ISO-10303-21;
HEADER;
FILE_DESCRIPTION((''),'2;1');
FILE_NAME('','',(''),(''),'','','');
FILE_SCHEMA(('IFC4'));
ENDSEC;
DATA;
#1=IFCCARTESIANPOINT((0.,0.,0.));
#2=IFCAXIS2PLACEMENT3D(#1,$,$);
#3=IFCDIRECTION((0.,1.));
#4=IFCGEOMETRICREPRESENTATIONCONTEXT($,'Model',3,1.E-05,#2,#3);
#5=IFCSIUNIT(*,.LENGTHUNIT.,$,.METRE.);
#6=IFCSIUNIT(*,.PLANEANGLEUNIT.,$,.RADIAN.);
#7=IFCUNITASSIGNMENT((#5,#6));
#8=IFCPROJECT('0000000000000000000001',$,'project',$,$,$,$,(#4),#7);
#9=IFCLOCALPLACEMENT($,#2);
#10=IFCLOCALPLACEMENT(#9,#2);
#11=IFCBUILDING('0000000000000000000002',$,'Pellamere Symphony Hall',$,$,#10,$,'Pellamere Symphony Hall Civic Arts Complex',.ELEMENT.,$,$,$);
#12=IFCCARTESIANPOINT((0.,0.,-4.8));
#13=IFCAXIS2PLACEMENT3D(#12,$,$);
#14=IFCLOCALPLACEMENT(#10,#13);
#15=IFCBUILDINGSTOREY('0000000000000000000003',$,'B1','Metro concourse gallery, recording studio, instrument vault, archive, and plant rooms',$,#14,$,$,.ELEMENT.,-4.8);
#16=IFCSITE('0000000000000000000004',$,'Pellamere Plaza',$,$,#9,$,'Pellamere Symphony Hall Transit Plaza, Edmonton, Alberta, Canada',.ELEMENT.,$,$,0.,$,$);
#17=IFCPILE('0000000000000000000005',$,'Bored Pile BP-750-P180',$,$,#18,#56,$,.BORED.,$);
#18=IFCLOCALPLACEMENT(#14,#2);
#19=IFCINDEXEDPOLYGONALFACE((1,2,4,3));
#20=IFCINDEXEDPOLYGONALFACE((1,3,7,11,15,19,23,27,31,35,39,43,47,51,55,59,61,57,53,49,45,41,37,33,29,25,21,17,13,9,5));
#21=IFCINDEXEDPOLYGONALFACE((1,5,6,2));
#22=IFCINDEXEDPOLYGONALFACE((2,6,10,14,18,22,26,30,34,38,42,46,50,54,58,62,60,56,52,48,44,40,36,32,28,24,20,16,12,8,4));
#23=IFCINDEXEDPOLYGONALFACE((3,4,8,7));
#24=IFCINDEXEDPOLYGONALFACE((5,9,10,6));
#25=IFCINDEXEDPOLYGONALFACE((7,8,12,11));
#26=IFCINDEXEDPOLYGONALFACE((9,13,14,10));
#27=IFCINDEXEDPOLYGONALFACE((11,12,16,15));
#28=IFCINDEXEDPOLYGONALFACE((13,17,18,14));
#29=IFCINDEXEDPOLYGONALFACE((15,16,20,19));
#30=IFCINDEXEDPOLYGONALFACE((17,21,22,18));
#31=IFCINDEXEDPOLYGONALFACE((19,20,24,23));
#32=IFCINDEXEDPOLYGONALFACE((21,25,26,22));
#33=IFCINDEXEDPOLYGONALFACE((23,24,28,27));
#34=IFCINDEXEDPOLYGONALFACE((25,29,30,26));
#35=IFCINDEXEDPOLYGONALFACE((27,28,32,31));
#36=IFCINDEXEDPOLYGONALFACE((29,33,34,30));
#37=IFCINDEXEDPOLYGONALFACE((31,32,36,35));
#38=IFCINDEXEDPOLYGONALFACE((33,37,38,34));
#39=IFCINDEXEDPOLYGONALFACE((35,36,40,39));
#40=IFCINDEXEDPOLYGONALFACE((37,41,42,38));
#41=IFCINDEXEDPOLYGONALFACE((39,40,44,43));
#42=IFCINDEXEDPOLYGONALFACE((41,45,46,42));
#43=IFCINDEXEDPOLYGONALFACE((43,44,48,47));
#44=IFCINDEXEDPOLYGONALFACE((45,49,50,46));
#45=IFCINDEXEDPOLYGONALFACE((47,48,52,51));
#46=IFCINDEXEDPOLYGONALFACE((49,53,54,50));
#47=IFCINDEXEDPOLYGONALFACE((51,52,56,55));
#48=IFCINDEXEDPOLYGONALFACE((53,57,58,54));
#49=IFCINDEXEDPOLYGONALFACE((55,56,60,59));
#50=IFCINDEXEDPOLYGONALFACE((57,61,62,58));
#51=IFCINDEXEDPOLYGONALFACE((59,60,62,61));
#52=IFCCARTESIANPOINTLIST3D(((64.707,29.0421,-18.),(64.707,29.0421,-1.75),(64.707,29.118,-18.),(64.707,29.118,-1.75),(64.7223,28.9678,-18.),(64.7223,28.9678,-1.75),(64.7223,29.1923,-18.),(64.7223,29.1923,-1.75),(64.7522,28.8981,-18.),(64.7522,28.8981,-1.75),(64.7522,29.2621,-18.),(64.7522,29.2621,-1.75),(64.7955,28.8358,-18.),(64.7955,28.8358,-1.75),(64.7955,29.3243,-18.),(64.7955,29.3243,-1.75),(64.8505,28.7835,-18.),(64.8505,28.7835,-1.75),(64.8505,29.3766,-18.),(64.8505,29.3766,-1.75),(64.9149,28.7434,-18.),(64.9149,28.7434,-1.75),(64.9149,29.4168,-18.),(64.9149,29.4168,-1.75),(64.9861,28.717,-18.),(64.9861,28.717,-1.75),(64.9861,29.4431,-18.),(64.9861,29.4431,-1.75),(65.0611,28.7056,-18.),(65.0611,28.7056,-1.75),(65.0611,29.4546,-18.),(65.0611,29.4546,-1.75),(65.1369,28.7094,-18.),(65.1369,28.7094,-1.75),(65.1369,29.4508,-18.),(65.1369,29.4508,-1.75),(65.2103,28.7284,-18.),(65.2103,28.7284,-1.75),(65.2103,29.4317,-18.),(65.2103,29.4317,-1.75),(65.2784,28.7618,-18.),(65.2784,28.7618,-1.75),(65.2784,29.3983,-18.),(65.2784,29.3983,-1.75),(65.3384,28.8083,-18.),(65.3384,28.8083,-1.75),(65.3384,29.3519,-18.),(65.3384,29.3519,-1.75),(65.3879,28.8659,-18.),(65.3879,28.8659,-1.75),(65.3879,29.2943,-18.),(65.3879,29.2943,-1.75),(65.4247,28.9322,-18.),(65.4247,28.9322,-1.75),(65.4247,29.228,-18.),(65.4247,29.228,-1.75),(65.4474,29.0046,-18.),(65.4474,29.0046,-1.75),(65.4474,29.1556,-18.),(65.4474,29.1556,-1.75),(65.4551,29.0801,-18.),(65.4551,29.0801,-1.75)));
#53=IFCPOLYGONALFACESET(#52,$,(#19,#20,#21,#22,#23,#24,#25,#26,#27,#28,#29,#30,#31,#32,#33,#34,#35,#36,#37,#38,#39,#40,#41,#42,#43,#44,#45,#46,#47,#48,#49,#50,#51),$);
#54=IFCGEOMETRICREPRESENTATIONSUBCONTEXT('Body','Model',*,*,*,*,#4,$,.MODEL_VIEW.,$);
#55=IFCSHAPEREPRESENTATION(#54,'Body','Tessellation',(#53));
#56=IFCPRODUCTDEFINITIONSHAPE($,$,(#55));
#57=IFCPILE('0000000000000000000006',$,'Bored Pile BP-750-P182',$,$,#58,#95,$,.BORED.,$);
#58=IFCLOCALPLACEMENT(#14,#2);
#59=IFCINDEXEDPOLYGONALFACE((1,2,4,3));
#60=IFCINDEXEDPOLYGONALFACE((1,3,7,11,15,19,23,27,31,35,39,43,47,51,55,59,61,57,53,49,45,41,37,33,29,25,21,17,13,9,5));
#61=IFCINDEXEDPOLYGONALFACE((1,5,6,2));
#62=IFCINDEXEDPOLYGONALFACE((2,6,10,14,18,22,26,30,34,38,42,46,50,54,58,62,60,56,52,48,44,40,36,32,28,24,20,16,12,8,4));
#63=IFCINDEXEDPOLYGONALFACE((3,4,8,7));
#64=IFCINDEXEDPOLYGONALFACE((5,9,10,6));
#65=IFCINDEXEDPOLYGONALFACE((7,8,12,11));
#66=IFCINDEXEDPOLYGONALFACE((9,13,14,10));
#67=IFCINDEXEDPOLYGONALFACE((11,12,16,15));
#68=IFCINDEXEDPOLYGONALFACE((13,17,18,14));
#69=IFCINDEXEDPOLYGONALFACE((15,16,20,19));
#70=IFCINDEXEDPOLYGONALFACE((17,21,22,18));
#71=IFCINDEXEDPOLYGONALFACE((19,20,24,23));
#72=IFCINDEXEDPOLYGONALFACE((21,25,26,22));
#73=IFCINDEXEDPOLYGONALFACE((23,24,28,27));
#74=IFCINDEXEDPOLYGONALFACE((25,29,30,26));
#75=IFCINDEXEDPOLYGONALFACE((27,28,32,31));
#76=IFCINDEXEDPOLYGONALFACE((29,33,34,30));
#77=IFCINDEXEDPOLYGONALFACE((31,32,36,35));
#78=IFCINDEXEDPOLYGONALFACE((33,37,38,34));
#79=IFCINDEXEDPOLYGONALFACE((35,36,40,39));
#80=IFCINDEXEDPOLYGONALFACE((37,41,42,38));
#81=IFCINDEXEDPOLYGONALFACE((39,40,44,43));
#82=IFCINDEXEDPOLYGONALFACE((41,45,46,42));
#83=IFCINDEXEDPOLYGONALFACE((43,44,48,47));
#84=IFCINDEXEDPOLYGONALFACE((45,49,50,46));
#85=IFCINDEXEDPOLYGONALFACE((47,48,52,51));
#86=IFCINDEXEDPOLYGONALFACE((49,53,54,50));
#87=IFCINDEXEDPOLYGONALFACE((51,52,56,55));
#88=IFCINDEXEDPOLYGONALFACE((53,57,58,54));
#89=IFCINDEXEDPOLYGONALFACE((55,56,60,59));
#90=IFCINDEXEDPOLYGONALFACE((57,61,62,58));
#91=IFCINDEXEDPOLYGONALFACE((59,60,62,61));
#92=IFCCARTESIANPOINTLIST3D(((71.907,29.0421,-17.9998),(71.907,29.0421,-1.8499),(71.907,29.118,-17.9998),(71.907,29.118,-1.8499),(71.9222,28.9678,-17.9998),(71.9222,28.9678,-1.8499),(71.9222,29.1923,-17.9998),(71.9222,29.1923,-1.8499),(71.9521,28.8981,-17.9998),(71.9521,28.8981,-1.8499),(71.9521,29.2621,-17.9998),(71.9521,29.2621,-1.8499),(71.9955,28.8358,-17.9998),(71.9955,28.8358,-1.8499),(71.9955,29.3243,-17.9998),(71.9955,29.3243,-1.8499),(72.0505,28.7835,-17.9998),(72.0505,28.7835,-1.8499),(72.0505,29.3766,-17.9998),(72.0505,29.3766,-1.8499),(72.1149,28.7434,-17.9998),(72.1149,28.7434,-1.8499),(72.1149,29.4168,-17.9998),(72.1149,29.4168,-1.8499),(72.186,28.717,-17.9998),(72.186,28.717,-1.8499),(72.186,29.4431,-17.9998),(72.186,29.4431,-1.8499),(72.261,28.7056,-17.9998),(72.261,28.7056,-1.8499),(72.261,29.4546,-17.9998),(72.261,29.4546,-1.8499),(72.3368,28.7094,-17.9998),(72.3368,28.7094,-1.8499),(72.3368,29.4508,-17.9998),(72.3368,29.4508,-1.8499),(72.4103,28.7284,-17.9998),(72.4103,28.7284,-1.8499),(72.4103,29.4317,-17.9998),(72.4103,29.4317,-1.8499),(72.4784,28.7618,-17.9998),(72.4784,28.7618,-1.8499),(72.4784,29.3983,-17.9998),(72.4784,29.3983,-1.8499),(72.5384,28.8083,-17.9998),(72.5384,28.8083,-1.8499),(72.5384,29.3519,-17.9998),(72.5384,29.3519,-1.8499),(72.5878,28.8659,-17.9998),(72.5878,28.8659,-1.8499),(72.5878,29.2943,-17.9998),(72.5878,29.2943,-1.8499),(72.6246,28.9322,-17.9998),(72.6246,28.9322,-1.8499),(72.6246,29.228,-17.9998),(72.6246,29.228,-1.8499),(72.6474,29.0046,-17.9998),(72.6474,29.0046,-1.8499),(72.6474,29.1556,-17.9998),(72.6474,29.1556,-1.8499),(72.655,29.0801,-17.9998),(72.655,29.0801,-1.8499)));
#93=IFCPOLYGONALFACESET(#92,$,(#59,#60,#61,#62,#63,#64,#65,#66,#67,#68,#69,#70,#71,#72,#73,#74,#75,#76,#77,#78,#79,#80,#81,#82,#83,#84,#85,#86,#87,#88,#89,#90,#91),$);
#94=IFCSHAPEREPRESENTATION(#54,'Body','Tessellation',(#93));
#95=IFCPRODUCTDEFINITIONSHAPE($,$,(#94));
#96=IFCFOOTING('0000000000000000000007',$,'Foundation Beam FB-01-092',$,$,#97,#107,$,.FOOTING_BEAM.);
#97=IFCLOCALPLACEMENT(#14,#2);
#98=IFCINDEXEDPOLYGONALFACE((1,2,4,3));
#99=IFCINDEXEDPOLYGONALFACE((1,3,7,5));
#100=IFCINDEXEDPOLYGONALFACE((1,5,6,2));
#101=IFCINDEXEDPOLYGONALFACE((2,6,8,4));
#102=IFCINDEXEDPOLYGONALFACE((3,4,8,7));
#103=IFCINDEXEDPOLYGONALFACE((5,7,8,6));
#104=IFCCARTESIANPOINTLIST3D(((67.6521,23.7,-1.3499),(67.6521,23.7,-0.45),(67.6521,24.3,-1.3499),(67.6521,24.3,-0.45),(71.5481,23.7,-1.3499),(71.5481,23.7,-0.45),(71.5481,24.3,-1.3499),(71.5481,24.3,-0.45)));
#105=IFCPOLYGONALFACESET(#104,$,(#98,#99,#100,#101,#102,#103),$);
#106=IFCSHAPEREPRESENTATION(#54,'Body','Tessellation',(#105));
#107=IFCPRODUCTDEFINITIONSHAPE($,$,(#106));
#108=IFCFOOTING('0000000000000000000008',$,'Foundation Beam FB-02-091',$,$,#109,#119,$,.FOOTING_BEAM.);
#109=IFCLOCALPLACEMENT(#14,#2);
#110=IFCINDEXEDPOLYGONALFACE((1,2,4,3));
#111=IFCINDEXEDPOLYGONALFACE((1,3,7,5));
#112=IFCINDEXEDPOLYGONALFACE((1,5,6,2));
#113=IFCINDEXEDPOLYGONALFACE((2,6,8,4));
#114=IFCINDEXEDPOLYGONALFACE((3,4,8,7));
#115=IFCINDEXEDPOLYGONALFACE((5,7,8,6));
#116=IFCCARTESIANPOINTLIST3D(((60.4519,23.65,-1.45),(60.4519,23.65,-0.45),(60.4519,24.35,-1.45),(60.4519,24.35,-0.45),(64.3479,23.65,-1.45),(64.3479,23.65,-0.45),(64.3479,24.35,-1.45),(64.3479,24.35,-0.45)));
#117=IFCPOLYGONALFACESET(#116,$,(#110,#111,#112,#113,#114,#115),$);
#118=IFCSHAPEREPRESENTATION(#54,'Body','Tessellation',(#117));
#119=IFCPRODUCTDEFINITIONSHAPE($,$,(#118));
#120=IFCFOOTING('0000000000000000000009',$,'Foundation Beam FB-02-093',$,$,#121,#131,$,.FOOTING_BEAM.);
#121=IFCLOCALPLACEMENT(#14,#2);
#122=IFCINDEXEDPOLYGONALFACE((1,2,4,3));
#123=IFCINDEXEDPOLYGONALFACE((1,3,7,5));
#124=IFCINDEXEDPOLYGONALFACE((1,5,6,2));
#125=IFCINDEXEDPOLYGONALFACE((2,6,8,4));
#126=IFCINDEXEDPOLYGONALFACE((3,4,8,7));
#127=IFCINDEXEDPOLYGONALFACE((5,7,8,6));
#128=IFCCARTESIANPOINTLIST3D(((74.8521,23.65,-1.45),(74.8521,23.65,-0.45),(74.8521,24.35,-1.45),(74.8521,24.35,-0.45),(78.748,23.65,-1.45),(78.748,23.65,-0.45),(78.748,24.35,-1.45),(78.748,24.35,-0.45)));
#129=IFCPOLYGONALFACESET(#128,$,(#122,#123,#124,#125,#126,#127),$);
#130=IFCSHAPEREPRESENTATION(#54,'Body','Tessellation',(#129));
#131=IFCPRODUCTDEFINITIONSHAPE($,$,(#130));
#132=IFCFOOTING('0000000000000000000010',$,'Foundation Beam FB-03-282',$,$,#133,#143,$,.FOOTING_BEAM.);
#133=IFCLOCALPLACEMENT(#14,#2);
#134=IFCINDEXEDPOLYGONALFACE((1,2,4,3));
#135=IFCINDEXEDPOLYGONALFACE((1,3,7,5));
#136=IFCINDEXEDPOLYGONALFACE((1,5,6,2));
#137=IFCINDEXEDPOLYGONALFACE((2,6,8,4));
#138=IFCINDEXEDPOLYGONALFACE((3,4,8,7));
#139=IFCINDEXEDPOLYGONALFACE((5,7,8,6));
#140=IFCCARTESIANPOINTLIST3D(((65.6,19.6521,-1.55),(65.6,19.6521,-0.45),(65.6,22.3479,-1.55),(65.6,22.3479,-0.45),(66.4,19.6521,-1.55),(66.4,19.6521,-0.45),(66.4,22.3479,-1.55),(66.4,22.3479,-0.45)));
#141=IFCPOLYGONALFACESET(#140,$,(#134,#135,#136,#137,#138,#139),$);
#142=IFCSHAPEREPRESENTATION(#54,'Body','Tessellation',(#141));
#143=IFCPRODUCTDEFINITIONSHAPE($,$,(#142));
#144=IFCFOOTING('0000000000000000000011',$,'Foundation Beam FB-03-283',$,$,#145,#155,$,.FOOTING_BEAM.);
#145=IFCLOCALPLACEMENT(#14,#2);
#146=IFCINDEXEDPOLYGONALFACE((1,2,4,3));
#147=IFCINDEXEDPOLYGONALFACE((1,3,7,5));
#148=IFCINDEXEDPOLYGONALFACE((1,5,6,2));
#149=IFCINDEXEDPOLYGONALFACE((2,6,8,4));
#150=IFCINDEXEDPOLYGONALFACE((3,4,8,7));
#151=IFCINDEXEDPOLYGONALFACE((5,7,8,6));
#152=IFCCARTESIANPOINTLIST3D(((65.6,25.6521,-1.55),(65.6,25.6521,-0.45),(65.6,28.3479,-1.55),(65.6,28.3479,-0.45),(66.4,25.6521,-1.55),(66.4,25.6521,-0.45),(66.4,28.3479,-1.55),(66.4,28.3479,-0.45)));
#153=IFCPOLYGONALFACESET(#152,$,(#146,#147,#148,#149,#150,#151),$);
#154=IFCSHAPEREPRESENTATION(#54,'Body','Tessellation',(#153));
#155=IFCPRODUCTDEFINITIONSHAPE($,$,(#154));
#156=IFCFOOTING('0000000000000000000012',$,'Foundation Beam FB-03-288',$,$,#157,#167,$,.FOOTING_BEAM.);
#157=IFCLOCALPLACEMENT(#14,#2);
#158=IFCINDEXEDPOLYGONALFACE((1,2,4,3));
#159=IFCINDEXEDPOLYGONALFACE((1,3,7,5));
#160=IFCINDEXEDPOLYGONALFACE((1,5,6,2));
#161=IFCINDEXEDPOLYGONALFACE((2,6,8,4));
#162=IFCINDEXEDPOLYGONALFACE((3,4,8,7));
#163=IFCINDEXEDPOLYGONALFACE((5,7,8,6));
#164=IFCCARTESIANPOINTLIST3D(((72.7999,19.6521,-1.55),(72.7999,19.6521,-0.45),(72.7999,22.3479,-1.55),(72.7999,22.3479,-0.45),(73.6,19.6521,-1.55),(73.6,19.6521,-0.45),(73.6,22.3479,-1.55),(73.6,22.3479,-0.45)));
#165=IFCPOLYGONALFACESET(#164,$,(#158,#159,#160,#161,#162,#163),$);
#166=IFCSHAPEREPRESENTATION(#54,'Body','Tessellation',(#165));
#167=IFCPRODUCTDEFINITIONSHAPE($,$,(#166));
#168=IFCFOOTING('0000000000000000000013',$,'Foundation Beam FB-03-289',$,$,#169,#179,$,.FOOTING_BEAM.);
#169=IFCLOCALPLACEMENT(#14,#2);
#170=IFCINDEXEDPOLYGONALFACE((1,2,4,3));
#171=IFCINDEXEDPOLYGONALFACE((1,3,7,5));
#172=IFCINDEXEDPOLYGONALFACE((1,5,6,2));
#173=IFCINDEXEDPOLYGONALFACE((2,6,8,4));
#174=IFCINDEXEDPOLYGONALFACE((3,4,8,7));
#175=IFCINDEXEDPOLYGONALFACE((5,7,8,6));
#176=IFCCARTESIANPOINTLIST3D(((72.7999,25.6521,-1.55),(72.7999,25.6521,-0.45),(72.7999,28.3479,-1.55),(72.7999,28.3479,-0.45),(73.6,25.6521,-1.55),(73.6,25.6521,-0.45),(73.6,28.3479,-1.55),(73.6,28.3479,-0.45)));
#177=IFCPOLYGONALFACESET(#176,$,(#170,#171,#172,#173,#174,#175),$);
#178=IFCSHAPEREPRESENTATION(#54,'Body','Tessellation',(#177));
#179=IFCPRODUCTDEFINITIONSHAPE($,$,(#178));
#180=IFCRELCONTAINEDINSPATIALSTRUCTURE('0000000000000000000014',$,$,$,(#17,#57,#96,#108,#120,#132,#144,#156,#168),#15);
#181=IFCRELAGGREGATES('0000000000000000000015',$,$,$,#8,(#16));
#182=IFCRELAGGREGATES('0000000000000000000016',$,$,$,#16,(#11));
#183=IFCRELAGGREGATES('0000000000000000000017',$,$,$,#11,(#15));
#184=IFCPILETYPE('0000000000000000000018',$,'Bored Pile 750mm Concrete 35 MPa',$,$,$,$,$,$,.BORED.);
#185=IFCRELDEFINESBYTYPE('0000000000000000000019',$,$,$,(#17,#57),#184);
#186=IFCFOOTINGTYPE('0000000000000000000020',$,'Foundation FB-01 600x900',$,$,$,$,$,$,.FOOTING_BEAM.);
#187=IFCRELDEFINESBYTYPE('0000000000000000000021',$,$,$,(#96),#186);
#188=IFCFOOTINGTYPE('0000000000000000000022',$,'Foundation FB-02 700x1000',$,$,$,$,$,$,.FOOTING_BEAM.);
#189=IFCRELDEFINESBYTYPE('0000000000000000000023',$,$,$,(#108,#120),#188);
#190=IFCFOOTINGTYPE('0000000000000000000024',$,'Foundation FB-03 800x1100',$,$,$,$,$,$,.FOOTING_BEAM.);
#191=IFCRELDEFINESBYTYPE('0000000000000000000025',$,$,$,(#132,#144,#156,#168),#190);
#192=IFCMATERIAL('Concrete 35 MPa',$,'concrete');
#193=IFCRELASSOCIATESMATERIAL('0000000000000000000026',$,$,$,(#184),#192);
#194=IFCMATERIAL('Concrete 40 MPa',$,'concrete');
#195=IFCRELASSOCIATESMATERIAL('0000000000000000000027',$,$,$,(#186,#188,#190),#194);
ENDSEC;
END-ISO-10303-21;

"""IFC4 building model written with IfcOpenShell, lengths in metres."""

from ifc_helpers import new_model, si_unit, direction, frame, origin, origin_2d, place, context, subcontext, project, spatial, rectangle, circle, extrude, material, material_profile, profile_set, type_object, element, save


model = new_model("IFC4")

# Units and contexts
model_context = context("Model", 3, precision=1e-05, world=origin(), true_north=direction((0.0, 1.0)))
body_context = subcontext(model_context, "Body", "Model", "MODEL_VIEW")
ifc_project = project(units=[si_unit("LENGTHUNIT", "METRE"), si_unit("PLANEANGLEUNIT", "RADIAN")], contexts=[model_context])

# Site, building, storey
site_placement = place(None, origin())
site = spatial("IfcSite", under=ifc_project, at=site_placement, Name="Pellamere Plaza", LongName="Pellamere Symphony Hall Transit Plaza, Edmonton, Alberta, Canada", CompositionType="ELEMENT", RefElevation=0.0)
building_placement = place(site_placement, origin())
building = spatial("IfcBuilding", under=site, at=building_placement, Name="Pellamere Symphony Hall", LongName="Pellamere Symphony Hall Civic Arts Complex", CompositionType="ELEMENT")
storey_placement = place(building_placement, frame((0.0, 0.0, -4.8)))
storey = spatial("IfcBuildingStorey", under=building, at=storey_placement, Name="B1", Description="Metro concourse gallery, recording studio, instrument vault, archive, and plant rooms", CompositionType="ELEMENT", Elevation=-4.8)

# Piles
ifc_material_1 = material(Name="Concrete 35 MPa", Category="concrete")
ifc_material_profile_1 = material_profile(ifc_material_1, circle(Radius=0.375, at=origin_2d()), Name="PILE D750")
ifc_profile_set_1 = profile_set([ifc_material_profile_1], Name="Concrete 35 MPa")
pile_type = type_object("IfcPileType", Name="Bored Pile 750mm Concrete 35 MPa", PredefinedType="BORED", material=ifc_profile_set_1)
for number, where, z_axis, x_axis, name in (
    (1, (65.0801, 29.0801, -1.75), (0.0, 0.0, -1.0), (1.0, 0.0, 0.0), "Bored Pile BP-750-P180"),
):
    element("IfcPile", number, at=place(storey_placement, frame(where, z_axis=z_axis, x_axis=x_axis)), inside=storey, type_object=pile_type, Name=name, PredefinedType="BORED", context=body_context, shape_type="SweptSolid", body=[
        extrude(circle(Radius=0.375, at=origin_2d()), origin(), (0.0, 0.0, 1.0), 16.25),
    ])
pile_1_placement = place(storey_placement, frame((72.28, 29.0801, -1.8499), z_axis=(0.0, 0.0, -1.0), x_axis=(1.0, 0.0, 0.0)))
element("IfcPile", 2, at=pile_1_placement, inside=storey, type_object=pile_type, Name="Bored Pile BP-750-P182", PredefinedType="BORED", context=body_context, shape_type="SweptSolid", body=[
    extrude(circle(Radius=0.375, at=origin_2d()), origin(), (0.0, 0.0, 1.0), 16.1499),
])

# Footings
ifc_material_2 = material(Name="Concrete 40 MPa", Category="concrete")
ifc_material_profile_2 = material_profile(ifc_material_2, rectangle(XDim=0.6001, YDim=0.8999, at=origin_2d()), Name="RC 600x900")
ifc_profile_set_2 = profile_set([ifc_material_profile_2], Name="Concrete 40 MPa")
footing_type_1 = type_object("IfcFootingType", Name="Foundation FB-01 600x900", PredefinedType="FOOTING_BEAM", material=ifc_profile_set_2)
footing_placement = place(storey_placement, frame((67.6521, 24.0, -0.8999), z_axis=(1.0, 0.0, 0.0), x_axis=(0.0, 1.0, 0.0)))
element("IfcFooting", 3, at=footing_placement, inside=storey, type_object=footing_type_1, Name="Foundation Beam FB-01-092", PredefinedType="FOOTING_BEAM", context=body_context, shape_type="SweptSolid", body=[
    extrude(rectangle(XDim=0.6001, YDim=0.8999, at=origin_2d()), origin(), (0.0, 0.0, 1.0), 3.896),
])
ifc_material_profile_3 = material_profile(ifc_material_2, rectangle(XDim=0.7, YDim=1.0, at=origin_2d()), Name="RC 700x1000")
ifc_profile_set_3 = profile_set([ifc_material_profile_3], Name="Concrete 40 MPa")
footing_type_2 = type_object("IfcFootingType", Name="Foundation FB-02 700x1000", PredefinedType="FOOTING_BEAM", material=ifc_profile_set_3)
for number, where, z_axis, x_axis, name in (
    (4, (60.4519, 24.0, -0.95), (1.0, 0.0, 0.0), (0.0, 1.0, 0.0), "Foundation Beam FB-02-091"),
    (5, (74.8521, 24.0, -0.95), (1.0, 0.0, 0.0), (0.0, 1.0, 0.0), "Foundation Beam FB-02-093"),
):
    element("IfcFooting", number, at=place(storey_placement, frame(where, z_axis=z_axis, x_axis=x_axis)), inside=storey, type_object=footing_type_2, Name=name, PredefinedType="FOOTING_BEAM", context=body_context, shape_type="SweptSolid", body=[
        extrude(rectangle(XDim=0.7, YDim=1.0, at=origin_2d()), origin(), (0.0, 0.0, 1.0), 3.896),
    ])
ifc_material_profile_4 = material_profile(ifc_material_2, rectangle(XDim=0.8, YDim=1.1001, at=origin_2d()), Name="RC 800x1100")
ifc_profile_set_4 = profile_set([ifc_material_profile_4], Name="Concrete 40 MPa")
footing_type_3 = type_object("IfcFootingType", Name="Foundation FB-03 800x1100", PredefinedType="FOOTING_BEAM", material=ifc_profile_set_4)
for number, where, z_axis, x_axis, name in (
    (6, (66.0, 19.6521, -1.0), (0.0, 1.0, 0.0), (-1.0, 0.0, 0.0), "Foundation Beam FB-03-282"),
    (7, (66.0, 25.6521, -1.0), (0.0, 1.0, 0.0), (-1.0, 0.0, 0.0), "Foundation Beam FB-03-283"),
    (8, (73.2, 19.6521, -1.0), (0.0, 1.0, 0.0), (-1.0, 0.0, 0.0), "Foundation Beam FB-03-288"),
    (9, (73.2, 25.6521, -1.0), (0.0, 1.0, 0.0), (-1.0, 0.0, 0.0), "Foundation Beam FB-03-289"),
):
    element("IfcFooting", number, at=place(storey_placement, frame(where, z_axis=z_axis, x_axis=x_axis)), inside=storey, type_object=footing_type_3, Name=name, PredefinedType="FOOTING_BEAM", context=body_context, shape_type="SweptSolid", body=[
        extrude(rectangle(XDim=0.8, YDim=1.1001, at=origin_2d()), origin(), (0.0, 0.0, 1.0), 2.6958),
    ])

save(model, "model.ifc")
